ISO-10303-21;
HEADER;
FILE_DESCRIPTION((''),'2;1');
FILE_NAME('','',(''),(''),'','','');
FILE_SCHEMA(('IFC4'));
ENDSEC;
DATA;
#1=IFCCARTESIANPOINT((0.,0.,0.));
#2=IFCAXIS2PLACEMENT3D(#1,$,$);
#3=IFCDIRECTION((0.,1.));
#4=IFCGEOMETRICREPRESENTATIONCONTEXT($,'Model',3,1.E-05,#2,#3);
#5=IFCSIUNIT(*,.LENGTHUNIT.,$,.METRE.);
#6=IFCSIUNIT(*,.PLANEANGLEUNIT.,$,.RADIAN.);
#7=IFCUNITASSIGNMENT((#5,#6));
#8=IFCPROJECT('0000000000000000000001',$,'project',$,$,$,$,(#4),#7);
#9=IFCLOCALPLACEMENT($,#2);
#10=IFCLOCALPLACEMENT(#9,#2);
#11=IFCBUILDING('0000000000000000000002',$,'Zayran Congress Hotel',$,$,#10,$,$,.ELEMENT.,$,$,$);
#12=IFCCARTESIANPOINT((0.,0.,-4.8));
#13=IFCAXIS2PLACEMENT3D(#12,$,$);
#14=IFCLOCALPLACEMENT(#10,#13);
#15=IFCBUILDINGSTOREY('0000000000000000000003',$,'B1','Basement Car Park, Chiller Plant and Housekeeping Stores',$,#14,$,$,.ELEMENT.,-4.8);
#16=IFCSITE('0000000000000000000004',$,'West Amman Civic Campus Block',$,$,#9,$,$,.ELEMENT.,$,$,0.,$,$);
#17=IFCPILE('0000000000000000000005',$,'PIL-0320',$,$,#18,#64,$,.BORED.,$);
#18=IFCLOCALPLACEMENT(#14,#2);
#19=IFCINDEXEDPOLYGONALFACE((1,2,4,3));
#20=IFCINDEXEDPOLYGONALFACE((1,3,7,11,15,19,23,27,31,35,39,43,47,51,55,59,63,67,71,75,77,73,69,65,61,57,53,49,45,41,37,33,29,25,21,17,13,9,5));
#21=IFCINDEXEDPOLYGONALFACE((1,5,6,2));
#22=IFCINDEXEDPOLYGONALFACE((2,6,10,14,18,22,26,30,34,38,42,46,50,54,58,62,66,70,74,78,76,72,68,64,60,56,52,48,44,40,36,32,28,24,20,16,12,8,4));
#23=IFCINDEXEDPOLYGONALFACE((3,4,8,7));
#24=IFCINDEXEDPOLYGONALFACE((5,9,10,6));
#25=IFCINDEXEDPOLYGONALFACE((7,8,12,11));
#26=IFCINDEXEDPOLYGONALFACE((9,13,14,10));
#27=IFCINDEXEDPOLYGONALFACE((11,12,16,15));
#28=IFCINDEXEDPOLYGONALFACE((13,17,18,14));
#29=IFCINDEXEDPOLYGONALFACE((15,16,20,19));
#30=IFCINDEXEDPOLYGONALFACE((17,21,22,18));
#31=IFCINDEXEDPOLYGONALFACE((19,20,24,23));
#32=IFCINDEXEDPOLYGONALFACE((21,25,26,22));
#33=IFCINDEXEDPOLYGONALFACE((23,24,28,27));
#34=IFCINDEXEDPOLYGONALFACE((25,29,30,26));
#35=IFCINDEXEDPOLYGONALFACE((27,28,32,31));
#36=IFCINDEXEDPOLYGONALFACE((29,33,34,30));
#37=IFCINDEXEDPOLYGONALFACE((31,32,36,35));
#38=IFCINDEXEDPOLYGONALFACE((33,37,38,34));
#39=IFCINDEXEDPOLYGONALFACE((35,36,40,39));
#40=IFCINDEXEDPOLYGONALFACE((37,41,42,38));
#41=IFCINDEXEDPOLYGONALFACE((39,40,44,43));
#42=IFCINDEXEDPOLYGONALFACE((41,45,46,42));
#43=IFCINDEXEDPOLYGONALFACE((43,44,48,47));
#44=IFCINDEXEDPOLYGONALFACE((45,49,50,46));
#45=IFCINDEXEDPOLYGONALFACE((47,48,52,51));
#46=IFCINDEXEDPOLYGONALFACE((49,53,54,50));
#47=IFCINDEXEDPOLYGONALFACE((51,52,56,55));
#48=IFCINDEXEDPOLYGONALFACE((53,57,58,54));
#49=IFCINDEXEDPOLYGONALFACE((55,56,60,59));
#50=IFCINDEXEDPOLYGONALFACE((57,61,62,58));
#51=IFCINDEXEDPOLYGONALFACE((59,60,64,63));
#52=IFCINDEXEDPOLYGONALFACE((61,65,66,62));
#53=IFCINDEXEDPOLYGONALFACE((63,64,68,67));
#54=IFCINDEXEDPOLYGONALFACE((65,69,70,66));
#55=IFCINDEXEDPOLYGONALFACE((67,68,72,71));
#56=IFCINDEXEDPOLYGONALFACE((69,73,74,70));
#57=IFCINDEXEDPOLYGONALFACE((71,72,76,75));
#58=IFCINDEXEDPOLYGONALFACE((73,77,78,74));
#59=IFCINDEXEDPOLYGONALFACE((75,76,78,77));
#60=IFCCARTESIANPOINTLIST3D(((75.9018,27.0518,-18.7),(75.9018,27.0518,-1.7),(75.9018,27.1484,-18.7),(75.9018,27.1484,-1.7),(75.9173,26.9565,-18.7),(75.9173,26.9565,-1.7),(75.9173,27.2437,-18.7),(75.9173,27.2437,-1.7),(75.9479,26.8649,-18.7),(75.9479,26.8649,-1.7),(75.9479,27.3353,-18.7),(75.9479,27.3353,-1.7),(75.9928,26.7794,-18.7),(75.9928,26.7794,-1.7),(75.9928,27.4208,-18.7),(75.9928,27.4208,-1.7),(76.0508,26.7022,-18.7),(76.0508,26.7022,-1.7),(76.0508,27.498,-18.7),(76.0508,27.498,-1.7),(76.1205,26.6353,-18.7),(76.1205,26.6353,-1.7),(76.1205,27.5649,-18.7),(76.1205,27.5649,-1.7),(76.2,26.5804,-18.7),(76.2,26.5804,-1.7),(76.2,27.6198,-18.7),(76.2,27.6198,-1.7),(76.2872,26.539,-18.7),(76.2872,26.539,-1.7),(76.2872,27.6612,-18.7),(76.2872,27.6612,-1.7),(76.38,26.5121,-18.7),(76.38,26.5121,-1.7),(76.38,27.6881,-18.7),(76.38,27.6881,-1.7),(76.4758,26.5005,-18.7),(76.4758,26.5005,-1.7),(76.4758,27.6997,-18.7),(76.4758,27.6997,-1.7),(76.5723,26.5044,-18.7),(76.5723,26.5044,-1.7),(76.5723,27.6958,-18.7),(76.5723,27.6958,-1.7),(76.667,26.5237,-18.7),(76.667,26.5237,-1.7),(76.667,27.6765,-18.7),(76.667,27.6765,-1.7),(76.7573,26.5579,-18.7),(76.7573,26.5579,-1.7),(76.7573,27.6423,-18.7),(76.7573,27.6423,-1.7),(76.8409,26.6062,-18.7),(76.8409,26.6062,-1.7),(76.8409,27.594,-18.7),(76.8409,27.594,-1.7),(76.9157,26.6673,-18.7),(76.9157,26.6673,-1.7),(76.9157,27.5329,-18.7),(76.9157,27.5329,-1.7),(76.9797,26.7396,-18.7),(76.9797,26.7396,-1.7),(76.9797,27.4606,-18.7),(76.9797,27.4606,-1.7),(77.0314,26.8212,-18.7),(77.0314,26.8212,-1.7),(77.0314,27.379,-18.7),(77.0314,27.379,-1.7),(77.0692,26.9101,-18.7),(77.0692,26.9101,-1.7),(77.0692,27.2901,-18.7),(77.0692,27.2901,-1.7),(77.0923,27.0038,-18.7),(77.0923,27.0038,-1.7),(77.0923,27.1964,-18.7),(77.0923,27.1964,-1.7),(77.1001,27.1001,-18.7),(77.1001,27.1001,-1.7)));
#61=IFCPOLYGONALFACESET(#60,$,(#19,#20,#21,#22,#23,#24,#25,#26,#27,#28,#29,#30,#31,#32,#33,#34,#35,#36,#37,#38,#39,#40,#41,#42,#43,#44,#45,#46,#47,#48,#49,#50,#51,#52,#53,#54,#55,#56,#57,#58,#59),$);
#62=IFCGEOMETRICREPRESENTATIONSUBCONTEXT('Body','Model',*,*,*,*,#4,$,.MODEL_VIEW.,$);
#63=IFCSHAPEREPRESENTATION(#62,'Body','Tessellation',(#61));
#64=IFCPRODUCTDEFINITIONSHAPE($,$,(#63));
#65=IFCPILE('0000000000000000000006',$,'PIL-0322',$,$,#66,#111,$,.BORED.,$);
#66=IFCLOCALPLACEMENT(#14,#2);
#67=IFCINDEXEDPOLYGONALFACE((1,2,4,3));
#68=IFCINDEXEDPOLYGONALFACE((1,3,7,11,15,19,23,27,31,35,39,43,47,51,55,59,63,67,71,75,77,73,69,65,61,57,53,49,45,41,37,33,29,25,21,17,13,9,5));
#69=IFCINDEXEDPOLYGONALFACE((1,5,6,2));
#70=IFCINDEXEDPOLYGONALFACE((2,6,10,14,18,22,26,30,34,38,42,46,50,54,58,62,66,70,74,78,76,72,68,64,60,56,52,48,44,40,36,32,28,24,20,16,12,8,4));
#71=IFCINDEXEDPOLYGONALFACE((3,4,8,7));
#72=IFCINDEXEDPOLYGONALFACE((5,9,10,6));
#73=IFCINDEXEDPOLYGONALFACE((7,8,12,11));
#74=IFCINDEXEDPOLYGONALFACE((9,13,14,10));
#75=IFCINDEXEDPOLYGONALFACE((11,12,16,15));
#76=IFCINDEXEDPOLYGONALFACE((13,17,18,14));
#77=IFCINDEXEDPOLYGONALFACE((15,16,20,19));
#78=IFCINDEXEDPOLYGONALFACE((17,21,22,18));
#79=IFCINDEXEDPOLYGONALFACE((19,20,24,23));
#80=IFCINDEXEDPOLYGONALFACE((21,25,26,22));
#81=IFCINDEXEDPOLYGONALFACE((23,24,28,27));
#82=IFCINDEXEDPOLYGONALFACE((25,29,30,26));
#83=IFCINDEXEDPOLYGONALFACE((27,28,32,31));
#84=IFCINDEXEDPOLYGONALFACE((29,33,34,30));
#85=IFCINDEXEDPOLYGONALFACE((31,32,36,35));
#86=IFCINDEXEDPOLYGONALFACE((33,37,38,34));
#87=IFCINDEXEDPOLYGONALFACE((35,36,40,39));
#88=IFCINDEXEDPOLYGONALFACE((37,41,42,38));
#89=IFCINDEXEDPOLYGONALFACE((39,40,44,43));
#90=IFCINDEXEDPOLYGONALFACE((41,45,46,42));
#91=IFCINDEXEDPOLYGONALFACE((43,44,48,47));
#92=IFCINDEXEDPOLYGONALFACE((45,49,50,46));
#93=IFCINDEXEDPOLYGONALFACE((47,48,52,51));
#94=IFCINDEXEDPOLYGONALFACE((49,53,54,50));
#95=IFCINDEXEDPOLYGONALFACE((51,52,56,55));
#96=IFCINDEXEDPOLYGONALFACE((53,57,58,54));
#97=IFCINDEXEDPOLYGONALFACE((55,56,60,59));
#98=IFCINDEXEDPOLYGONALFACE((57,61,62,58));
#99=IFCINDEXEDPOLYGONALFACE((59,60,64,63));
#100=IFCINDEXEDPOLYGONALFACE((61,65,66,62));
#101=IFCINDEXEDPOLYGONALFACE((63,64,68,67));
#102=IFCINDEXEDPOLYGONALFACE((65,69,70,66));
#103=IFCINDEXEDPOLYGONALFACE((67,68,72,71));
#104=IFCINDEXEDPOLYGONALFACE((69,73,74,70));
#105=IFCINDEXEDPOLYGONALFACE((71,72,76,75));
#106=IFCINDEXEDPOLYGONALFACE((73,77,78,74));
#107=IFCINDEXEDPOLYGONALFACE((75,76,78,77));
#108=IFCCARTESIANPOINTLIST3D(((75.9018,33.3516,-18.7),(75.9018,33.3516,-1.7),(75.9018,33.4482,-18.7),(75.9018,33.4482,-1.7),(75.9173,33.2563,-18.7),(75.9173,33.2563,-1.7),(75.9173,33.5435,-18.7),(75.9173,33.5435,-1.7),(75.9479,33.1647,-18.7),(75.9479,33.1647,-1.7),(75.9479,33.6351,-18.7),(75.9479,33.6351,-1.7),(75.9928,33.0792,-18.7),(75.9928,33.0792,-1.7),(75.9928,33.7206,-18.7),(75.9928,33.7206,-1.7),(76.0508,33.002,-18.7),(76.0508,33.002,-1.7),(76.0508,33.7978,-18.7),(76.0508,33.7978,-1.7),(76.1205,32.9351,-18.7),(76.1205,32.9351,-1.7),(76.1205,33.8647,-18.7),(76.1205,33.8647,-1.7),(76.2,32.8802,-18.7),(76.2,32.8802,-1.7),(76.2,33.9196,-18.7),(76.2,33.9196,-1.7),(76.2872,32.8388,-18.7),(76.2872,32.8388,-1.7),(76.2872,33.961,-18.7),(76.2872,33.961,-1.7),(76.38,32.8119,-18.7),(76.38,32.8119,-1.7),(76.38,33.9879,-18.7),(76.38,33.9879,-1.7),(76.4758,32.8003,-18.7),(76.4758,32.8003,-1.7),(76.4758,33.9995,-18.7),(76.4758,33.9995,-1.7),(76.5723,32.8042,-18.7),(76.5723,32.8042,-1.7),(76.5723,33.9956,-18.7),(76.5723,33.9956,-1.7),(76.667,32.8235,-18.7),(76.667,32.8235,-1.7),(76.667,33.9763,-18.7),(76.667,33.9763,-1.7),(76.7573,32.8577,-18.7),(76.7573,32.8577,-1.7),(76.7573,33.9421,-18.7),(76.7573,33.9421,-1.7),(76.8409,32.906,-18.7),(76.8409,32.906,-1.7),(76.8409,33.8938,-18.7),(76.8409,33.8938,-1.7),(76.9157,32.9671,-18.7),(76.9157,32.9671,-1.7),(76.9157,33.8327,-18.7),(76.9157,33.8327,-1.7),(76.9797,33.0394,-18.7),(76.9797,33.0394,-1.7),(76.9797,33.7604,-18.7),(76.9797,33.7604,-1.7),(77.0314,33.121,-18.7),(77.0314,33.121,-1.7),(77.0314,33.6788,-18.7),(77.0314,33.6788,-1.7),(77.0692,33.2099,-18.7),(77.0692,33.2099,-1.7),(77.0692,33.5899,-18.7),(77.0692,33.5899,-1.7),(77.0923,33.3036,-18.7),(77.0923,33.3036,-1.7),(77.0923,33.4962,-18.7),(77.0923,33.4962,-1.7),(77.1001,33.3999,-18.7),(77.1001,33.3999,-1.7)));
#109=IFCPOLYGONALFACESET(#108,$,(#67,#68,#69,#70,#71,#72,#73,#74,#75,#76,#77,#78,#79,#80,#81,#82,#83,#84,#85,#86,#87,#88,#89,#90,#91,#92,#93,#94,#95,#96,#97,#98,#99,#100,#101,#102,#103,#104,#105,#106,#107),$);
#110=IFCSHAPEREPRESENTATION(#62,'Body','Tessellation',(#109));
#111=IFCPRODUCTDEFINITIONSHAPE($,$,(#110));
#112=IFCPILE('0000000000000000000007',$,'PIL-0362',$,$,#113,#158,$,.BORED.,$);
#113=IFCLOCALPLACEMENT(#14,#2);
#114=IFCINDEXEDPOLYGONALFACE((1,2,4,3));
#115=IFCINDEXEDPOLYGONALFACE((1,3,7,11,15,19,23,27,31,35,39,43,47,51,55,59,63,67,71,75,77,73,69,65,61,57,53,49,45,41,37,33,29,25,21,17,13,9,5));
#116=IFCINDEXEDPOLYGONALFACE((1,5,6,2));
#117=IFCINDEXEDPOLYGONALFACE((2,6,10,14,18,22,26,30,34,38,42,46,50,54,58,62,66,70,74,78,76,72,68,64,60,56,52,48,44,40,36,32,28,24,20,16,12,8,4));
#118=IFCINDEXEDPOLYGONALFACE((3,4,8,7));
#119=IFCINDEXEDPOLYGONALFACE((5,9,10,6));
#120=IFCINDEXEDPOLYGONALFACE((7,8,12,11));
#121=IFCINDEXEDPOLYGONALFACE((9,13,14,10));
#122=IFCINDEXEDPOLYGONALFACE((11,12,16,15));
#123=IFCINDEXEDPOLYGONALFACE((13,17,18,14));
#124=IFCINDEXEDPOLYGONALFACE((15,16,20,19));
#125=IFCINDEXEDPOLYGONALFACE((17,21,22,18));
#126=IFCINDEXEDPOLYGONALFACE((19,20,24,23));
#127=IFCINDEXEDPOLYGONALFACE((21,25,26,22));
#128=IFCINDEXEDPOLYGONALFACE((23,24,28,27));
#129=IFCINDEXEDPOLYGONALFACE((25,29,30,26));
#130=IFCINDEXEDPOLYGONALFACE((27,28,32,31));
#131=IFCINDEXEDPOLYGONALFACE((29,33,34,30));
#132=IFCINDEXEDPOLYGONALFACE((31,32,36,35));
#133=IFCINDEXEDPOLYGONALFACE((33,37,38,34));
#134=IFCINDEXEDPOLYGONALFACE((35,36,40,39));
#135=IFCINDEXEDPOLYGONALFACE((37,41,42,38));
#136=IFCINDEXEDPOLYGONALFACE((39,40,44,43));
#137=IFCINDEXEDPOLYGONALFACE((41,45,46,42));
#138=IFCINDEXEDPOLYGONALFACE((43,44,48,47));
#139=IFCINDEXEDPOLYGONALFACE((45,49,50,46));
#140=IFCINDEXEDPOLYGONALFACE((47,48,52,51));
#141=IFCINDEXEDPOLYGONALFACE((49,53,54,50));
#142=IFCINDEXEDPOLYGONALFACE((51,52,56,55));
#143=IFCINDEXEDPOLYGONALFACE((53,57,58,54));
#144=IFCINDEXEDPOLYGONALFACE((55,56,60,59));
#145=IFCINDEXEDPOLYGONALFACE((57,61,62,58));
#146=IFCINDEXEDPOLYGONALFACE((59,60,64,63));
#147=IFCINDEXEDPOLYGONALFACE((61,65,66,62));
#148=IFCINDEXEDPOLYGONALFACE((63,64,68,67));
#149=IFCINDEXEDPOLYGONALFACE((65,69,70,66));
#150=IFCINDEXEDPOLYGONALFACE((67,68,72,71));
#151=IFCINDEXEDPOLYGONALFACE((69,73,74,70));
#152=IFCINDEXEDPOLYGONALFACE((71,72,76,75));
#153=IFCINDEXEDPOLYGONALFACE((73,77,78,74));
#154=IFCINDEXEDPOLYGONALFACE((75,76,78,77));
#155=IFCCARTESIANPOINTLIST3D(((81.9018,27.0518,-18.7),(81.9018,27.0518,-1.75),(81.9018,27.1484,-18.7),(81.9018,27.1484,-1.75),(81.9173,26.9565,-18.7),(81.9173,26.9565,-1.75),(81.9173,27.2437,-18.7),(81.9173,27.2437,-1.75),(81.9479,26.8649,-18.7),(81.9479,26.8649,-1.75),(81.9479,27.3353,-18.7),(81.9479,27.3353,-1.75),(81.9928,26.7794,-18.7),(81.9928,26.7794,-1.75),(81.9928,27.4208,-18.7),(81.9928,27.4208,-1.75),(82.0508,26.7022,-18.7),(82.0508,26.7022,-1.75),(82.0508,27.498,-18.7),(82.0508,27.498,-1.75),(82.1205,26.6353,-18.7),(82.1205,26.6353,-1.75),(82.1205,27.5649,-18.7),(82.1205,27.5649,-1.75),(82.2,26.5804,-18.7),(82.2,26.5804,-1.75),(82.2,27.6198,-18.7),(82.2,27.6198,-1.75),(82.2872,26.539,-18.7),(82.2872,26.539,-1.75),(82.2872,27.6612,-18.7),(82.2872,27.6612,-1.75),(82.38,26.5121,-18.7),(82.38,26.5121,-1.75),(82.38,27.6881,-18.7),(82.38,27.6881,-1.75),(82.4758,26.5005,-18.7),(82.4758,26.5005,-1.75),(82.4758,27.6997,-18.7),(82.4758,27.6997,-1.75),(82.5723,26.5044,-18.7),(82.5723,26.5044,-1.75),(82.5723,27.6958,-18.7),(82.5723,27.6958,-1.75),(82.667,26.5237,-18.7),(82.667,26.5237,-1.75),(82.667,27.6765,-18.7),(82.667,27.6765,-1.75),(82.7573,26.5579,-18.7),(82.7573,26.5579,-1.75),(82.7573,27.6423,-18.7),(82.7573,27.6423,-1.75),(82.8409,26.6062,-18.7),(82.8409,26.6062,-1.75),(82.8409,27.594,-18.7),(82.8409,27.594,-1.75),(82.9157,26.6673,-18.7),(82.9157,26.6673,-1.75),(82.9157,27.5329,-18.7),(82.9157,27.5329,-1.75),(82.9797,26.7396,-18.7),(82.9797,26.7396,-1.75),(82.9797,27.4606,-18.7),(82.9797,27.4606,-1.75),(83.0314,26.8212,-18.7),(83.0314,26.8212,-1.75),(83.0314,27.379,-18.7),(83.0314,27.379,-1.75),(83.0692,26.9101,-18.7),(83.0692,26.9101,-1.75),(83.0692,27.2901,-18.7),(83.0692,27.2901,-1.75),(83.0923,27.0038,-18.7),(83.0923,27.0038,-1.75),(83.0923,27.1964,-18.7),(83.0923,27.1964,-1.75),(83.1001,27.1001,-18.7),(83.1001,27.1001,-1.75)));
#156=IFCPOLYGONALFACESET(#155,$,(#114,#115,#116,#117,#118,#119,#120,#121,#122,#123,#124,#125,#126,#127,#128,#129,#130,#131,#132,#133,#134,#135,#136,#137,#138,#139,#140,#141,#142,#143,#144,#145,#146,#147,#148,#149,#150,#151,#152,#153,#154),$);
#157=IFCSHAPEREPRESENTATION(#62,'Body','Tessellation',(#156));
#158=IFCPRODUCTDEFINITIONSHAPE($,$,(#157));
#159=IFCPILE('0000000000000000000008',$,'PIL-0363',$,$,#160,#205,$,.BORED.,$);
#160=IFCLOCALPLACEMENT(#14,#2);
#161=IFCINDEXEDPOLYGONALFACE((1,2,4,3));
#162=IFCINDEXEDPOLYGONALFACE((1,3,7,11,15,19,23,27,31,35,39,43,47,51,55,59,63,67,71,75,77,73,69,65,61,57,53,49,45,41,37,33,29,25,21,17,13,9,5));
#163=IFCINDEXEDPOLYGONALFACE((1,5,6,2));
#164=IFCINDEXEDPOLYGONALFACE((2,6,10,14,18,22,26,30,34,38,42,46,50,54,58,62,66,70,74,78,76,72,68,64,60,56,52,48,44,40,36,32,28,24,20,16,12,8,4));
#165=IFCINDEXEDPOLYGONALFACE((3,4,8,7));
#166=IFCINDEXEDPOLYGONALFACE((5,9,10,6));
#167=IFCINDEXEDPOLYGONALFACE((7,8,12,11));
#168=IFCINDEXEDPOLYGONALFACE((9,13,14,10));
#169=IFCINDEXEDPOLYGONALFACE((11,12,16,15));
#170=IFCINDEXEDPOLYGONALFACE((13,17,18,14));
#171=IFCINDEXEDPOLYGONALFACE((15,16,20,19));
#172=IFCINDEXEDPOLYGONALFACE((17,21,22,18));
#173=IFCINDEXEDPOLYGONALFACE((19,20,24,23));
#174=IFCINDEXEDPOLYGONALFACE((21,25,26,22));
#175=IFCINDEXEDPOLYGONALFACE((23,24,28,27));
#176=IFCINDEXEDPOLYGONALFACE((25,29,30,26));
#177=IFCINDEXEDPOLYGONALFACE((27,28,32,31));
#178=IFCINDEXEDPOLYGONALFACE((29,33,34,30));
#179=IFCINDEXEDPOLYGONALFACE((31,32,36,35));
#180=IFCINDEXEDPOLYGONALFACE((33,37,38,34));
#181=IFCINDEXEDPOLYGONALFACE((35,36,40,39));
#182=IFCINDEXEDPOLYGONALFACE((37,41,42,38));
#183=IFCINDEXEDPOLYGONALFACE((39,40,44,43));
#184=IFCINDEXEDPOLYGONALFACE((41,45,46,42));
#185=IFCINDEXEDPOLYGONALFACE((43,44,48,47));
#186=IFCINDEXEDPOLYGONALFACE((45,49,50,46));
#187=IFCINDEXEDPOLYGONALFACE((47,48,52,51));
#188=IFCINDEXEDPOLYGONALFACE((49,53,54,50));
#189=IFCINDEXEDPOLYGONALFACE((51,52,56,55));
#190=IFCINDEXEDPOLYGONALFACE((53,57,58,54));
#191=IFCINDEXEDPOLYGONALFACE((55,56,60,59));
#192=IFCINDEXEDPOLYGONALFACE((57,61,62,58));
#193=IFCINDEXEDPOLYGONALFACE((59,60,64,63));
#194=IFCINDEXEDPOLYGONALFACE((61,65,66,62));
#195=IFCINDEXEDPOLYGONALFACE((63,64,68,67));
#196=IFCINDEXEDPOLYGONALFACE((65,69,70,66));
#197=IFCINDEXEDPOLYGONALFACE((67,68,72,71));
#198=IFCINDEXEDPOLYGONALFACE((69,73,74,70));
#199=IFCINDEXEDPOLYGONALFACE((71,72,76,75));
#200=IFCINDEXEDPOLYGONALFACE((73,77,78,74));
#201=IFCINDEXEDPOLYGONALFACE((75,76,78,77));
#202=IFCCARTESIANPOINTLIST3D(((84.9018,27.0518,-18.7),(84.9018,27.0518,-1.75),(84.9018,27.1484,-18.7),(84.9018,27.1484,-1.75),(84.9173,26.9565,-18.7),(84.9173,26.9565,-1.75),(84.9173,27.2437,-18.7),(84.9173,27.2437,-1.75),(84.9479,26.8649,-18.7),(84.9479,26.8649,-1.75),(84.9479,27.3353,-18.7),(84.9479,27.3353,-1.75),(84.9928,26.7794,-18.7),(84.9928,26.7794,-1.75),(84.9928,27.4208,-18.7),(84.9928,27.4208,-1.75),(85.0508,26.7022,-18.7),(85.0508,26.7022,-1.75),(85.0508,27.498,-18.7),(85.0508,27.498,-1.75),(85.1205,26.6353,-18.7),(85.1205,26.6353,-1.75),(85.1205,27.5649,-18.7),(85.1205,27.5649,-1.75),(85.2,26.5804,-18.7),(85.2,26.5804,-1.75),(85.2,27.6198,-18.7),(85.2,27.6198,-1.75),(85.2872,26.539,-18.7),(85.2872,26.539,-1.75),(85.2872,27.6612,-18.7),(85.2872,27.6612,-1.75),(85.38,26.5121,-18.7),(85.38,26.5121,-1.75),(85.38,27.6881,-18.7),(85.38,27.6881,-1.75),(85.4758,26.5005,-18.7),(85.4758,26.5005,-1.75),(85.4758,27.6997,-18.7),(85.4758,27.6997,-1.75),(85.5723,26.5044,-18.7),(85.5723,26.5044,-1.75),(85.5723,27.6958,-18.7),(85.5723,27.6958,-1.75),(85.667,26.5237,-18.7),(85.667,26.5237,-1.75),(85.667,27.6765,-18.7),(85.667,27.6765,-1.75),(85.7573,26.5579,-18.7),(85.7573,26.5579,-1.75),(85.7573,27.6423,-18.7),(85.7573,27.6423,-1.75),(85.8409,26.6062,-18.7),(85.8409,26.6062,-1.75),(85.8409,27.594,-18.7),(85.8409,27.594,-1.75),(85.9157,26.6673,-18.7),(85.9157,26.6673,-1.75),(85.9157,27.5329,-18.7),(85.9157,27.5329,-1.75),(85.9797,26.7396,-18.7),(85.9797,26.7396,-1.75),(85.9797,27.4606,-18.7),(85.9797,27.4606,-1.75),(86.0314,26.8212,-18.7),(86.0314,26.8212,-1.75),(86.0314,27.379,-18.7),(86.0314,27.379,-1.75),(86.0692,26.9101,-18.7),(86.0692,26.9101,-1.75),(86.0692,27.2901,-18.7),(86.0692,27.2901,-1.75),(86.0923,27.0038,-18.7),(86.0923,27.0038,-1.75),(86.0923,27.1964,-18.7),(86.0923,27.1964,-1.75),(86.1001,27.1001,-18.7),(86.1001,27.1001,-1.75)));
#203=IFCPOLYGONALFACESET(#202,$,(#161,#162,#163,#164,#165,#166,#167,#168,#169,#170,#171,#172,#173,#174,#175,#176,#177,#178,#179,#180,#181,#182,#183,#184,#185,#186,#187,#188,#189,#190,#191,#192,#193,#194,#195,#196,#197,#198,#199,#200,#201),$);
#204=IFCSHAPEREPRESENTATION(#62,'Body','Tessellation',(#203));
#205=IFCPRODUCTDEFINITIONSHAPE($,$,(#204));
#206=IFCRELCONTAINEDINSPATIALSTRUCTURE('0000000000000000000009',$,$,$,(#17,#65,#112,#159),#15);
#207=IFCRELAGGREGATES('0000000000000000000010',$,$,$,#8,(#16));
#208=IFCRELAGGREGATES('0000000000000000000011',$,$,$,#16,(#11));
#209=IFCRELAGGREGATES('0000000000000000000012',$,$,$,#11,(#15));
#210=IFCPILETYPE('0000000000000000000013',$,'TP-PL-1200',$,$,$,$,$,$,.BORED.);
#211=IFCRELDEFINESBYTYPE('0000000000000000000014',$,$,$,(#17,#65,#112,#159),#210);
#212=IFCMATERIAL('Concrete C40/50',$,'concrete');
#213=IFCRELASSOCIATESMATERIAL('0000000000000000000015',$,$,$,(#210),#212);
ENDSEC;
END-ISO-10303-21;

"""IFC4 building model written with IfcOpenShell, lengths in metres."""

from ifc_helpers import new_model, si_unit, direction, frame, origin, origin_2d, place, context, subcontext, project, spatial, circle, extrude, material, material_profile, profile_set, type_object, element, save


model = new_model("IFC4")

# Units and contexts
model_context = context("Model", 3, precision=1e-05, world=origin(), true_north=direction((0.0, 1.0)))
body_context = subcontext(model_context, "Body", "Model", "MODEL_VIEW")
ifc_project = project(units=[si_unit("LENGTHUNIT", "METRE"), si_unit("PLANEANGLEUNIT", "RADIAN")], contexts=[model_context])

# Site, building, storey
site_placement = place(None, origin())
site = spatial("IfcSite", under=ifc_project, at=site_placement, Name="West Amman Civic Campus Block", CompositionType="ELEMENT", RefElevation=0.0)
building_placement = place(site_placement, origin())
building = spatial("IfcBuilding", under=site, at=building_placement, Name="Zayran Congress Hotel", CompositionType="ELEMENT")
storey_placement = place(building_placement, frame((0.0, 0.0, -4.8)))
storey = spatial("IfcBuildingStorey", under=building, at=storey_placement, Name="B1", Description="Basement Car Park, Chiller Plant and Housekeeping Stores", CompositionType="ELEMENT", Elevation=-4.8)

# Piles
ifc_material_1 = material(Name="Concrete C40/50", Category="concrete")
ifc_material_profile_1 = material_profile(ifc_material_1, circle(Radius=0.6001, at=origin_2d()), Name="PILE D1200")
ifc_profile_set_1 = profile_set([ifc_material_profile_1], Name="Concrete C40/50")
pile_type_1 = type_object("IfcPileType", Name="TP-PL-1200", PredefinedType="BORED", material=ifc_profile_set_1)
for number, where, z_axis, x_axis, name in (
    (1, (76.5, 27.1001, -1.7), (0.0, 0.0, -1.0), (1.0, 0.0, 0.0), "PIL-0320"),
    (2, (76.5, 33.3999, -1.7), (0.0, 0.0, -1.0), (1.0, 0.0, 0.0), "PIL-0322"),
):
    element("IfcPile", number, at=place(storey_placement, frame(where, z_axis=z_axis, x_axis=x_axis)), inside=storey, type_object=pile_type_1, Name=name, PredefinedType="BORED", context=body_context, shape_type="SweptSolid", body=[
        extrude(circle(Radius=0.6001, at=origin_2d()), origin(), (0.0, 0.0, 1.0), 17.0),
    ])
for number, where, z_axis, x_axis, name in (
    (3, (82.5, 27.1001, -1.75), (0.0, 0.0, -1.0), (1.0, 0.0, 0.0), "PIL-0362"),
    (4, (85.5, 27.1001, -1.75), (0.0, 0.0, -1.0), (1.0, 0.0, 0.0), "PIL-0363"),
):
    element("IfcPile", number, at=place(storey_placement, frame(where, z_axis=z_axis, x_axis=x_axis)), inside=storey, type_object=pile_type_1, Name=name, PredefinedType="BORED", context=body_context, shape_type="SweptSolid", body=[
        extrude(circle(Radius=0.6001, at=origin_2d()), origin(), (0.0, 0.0, 1.0), 16.95),
    ])

save(model, "model.ifc")
